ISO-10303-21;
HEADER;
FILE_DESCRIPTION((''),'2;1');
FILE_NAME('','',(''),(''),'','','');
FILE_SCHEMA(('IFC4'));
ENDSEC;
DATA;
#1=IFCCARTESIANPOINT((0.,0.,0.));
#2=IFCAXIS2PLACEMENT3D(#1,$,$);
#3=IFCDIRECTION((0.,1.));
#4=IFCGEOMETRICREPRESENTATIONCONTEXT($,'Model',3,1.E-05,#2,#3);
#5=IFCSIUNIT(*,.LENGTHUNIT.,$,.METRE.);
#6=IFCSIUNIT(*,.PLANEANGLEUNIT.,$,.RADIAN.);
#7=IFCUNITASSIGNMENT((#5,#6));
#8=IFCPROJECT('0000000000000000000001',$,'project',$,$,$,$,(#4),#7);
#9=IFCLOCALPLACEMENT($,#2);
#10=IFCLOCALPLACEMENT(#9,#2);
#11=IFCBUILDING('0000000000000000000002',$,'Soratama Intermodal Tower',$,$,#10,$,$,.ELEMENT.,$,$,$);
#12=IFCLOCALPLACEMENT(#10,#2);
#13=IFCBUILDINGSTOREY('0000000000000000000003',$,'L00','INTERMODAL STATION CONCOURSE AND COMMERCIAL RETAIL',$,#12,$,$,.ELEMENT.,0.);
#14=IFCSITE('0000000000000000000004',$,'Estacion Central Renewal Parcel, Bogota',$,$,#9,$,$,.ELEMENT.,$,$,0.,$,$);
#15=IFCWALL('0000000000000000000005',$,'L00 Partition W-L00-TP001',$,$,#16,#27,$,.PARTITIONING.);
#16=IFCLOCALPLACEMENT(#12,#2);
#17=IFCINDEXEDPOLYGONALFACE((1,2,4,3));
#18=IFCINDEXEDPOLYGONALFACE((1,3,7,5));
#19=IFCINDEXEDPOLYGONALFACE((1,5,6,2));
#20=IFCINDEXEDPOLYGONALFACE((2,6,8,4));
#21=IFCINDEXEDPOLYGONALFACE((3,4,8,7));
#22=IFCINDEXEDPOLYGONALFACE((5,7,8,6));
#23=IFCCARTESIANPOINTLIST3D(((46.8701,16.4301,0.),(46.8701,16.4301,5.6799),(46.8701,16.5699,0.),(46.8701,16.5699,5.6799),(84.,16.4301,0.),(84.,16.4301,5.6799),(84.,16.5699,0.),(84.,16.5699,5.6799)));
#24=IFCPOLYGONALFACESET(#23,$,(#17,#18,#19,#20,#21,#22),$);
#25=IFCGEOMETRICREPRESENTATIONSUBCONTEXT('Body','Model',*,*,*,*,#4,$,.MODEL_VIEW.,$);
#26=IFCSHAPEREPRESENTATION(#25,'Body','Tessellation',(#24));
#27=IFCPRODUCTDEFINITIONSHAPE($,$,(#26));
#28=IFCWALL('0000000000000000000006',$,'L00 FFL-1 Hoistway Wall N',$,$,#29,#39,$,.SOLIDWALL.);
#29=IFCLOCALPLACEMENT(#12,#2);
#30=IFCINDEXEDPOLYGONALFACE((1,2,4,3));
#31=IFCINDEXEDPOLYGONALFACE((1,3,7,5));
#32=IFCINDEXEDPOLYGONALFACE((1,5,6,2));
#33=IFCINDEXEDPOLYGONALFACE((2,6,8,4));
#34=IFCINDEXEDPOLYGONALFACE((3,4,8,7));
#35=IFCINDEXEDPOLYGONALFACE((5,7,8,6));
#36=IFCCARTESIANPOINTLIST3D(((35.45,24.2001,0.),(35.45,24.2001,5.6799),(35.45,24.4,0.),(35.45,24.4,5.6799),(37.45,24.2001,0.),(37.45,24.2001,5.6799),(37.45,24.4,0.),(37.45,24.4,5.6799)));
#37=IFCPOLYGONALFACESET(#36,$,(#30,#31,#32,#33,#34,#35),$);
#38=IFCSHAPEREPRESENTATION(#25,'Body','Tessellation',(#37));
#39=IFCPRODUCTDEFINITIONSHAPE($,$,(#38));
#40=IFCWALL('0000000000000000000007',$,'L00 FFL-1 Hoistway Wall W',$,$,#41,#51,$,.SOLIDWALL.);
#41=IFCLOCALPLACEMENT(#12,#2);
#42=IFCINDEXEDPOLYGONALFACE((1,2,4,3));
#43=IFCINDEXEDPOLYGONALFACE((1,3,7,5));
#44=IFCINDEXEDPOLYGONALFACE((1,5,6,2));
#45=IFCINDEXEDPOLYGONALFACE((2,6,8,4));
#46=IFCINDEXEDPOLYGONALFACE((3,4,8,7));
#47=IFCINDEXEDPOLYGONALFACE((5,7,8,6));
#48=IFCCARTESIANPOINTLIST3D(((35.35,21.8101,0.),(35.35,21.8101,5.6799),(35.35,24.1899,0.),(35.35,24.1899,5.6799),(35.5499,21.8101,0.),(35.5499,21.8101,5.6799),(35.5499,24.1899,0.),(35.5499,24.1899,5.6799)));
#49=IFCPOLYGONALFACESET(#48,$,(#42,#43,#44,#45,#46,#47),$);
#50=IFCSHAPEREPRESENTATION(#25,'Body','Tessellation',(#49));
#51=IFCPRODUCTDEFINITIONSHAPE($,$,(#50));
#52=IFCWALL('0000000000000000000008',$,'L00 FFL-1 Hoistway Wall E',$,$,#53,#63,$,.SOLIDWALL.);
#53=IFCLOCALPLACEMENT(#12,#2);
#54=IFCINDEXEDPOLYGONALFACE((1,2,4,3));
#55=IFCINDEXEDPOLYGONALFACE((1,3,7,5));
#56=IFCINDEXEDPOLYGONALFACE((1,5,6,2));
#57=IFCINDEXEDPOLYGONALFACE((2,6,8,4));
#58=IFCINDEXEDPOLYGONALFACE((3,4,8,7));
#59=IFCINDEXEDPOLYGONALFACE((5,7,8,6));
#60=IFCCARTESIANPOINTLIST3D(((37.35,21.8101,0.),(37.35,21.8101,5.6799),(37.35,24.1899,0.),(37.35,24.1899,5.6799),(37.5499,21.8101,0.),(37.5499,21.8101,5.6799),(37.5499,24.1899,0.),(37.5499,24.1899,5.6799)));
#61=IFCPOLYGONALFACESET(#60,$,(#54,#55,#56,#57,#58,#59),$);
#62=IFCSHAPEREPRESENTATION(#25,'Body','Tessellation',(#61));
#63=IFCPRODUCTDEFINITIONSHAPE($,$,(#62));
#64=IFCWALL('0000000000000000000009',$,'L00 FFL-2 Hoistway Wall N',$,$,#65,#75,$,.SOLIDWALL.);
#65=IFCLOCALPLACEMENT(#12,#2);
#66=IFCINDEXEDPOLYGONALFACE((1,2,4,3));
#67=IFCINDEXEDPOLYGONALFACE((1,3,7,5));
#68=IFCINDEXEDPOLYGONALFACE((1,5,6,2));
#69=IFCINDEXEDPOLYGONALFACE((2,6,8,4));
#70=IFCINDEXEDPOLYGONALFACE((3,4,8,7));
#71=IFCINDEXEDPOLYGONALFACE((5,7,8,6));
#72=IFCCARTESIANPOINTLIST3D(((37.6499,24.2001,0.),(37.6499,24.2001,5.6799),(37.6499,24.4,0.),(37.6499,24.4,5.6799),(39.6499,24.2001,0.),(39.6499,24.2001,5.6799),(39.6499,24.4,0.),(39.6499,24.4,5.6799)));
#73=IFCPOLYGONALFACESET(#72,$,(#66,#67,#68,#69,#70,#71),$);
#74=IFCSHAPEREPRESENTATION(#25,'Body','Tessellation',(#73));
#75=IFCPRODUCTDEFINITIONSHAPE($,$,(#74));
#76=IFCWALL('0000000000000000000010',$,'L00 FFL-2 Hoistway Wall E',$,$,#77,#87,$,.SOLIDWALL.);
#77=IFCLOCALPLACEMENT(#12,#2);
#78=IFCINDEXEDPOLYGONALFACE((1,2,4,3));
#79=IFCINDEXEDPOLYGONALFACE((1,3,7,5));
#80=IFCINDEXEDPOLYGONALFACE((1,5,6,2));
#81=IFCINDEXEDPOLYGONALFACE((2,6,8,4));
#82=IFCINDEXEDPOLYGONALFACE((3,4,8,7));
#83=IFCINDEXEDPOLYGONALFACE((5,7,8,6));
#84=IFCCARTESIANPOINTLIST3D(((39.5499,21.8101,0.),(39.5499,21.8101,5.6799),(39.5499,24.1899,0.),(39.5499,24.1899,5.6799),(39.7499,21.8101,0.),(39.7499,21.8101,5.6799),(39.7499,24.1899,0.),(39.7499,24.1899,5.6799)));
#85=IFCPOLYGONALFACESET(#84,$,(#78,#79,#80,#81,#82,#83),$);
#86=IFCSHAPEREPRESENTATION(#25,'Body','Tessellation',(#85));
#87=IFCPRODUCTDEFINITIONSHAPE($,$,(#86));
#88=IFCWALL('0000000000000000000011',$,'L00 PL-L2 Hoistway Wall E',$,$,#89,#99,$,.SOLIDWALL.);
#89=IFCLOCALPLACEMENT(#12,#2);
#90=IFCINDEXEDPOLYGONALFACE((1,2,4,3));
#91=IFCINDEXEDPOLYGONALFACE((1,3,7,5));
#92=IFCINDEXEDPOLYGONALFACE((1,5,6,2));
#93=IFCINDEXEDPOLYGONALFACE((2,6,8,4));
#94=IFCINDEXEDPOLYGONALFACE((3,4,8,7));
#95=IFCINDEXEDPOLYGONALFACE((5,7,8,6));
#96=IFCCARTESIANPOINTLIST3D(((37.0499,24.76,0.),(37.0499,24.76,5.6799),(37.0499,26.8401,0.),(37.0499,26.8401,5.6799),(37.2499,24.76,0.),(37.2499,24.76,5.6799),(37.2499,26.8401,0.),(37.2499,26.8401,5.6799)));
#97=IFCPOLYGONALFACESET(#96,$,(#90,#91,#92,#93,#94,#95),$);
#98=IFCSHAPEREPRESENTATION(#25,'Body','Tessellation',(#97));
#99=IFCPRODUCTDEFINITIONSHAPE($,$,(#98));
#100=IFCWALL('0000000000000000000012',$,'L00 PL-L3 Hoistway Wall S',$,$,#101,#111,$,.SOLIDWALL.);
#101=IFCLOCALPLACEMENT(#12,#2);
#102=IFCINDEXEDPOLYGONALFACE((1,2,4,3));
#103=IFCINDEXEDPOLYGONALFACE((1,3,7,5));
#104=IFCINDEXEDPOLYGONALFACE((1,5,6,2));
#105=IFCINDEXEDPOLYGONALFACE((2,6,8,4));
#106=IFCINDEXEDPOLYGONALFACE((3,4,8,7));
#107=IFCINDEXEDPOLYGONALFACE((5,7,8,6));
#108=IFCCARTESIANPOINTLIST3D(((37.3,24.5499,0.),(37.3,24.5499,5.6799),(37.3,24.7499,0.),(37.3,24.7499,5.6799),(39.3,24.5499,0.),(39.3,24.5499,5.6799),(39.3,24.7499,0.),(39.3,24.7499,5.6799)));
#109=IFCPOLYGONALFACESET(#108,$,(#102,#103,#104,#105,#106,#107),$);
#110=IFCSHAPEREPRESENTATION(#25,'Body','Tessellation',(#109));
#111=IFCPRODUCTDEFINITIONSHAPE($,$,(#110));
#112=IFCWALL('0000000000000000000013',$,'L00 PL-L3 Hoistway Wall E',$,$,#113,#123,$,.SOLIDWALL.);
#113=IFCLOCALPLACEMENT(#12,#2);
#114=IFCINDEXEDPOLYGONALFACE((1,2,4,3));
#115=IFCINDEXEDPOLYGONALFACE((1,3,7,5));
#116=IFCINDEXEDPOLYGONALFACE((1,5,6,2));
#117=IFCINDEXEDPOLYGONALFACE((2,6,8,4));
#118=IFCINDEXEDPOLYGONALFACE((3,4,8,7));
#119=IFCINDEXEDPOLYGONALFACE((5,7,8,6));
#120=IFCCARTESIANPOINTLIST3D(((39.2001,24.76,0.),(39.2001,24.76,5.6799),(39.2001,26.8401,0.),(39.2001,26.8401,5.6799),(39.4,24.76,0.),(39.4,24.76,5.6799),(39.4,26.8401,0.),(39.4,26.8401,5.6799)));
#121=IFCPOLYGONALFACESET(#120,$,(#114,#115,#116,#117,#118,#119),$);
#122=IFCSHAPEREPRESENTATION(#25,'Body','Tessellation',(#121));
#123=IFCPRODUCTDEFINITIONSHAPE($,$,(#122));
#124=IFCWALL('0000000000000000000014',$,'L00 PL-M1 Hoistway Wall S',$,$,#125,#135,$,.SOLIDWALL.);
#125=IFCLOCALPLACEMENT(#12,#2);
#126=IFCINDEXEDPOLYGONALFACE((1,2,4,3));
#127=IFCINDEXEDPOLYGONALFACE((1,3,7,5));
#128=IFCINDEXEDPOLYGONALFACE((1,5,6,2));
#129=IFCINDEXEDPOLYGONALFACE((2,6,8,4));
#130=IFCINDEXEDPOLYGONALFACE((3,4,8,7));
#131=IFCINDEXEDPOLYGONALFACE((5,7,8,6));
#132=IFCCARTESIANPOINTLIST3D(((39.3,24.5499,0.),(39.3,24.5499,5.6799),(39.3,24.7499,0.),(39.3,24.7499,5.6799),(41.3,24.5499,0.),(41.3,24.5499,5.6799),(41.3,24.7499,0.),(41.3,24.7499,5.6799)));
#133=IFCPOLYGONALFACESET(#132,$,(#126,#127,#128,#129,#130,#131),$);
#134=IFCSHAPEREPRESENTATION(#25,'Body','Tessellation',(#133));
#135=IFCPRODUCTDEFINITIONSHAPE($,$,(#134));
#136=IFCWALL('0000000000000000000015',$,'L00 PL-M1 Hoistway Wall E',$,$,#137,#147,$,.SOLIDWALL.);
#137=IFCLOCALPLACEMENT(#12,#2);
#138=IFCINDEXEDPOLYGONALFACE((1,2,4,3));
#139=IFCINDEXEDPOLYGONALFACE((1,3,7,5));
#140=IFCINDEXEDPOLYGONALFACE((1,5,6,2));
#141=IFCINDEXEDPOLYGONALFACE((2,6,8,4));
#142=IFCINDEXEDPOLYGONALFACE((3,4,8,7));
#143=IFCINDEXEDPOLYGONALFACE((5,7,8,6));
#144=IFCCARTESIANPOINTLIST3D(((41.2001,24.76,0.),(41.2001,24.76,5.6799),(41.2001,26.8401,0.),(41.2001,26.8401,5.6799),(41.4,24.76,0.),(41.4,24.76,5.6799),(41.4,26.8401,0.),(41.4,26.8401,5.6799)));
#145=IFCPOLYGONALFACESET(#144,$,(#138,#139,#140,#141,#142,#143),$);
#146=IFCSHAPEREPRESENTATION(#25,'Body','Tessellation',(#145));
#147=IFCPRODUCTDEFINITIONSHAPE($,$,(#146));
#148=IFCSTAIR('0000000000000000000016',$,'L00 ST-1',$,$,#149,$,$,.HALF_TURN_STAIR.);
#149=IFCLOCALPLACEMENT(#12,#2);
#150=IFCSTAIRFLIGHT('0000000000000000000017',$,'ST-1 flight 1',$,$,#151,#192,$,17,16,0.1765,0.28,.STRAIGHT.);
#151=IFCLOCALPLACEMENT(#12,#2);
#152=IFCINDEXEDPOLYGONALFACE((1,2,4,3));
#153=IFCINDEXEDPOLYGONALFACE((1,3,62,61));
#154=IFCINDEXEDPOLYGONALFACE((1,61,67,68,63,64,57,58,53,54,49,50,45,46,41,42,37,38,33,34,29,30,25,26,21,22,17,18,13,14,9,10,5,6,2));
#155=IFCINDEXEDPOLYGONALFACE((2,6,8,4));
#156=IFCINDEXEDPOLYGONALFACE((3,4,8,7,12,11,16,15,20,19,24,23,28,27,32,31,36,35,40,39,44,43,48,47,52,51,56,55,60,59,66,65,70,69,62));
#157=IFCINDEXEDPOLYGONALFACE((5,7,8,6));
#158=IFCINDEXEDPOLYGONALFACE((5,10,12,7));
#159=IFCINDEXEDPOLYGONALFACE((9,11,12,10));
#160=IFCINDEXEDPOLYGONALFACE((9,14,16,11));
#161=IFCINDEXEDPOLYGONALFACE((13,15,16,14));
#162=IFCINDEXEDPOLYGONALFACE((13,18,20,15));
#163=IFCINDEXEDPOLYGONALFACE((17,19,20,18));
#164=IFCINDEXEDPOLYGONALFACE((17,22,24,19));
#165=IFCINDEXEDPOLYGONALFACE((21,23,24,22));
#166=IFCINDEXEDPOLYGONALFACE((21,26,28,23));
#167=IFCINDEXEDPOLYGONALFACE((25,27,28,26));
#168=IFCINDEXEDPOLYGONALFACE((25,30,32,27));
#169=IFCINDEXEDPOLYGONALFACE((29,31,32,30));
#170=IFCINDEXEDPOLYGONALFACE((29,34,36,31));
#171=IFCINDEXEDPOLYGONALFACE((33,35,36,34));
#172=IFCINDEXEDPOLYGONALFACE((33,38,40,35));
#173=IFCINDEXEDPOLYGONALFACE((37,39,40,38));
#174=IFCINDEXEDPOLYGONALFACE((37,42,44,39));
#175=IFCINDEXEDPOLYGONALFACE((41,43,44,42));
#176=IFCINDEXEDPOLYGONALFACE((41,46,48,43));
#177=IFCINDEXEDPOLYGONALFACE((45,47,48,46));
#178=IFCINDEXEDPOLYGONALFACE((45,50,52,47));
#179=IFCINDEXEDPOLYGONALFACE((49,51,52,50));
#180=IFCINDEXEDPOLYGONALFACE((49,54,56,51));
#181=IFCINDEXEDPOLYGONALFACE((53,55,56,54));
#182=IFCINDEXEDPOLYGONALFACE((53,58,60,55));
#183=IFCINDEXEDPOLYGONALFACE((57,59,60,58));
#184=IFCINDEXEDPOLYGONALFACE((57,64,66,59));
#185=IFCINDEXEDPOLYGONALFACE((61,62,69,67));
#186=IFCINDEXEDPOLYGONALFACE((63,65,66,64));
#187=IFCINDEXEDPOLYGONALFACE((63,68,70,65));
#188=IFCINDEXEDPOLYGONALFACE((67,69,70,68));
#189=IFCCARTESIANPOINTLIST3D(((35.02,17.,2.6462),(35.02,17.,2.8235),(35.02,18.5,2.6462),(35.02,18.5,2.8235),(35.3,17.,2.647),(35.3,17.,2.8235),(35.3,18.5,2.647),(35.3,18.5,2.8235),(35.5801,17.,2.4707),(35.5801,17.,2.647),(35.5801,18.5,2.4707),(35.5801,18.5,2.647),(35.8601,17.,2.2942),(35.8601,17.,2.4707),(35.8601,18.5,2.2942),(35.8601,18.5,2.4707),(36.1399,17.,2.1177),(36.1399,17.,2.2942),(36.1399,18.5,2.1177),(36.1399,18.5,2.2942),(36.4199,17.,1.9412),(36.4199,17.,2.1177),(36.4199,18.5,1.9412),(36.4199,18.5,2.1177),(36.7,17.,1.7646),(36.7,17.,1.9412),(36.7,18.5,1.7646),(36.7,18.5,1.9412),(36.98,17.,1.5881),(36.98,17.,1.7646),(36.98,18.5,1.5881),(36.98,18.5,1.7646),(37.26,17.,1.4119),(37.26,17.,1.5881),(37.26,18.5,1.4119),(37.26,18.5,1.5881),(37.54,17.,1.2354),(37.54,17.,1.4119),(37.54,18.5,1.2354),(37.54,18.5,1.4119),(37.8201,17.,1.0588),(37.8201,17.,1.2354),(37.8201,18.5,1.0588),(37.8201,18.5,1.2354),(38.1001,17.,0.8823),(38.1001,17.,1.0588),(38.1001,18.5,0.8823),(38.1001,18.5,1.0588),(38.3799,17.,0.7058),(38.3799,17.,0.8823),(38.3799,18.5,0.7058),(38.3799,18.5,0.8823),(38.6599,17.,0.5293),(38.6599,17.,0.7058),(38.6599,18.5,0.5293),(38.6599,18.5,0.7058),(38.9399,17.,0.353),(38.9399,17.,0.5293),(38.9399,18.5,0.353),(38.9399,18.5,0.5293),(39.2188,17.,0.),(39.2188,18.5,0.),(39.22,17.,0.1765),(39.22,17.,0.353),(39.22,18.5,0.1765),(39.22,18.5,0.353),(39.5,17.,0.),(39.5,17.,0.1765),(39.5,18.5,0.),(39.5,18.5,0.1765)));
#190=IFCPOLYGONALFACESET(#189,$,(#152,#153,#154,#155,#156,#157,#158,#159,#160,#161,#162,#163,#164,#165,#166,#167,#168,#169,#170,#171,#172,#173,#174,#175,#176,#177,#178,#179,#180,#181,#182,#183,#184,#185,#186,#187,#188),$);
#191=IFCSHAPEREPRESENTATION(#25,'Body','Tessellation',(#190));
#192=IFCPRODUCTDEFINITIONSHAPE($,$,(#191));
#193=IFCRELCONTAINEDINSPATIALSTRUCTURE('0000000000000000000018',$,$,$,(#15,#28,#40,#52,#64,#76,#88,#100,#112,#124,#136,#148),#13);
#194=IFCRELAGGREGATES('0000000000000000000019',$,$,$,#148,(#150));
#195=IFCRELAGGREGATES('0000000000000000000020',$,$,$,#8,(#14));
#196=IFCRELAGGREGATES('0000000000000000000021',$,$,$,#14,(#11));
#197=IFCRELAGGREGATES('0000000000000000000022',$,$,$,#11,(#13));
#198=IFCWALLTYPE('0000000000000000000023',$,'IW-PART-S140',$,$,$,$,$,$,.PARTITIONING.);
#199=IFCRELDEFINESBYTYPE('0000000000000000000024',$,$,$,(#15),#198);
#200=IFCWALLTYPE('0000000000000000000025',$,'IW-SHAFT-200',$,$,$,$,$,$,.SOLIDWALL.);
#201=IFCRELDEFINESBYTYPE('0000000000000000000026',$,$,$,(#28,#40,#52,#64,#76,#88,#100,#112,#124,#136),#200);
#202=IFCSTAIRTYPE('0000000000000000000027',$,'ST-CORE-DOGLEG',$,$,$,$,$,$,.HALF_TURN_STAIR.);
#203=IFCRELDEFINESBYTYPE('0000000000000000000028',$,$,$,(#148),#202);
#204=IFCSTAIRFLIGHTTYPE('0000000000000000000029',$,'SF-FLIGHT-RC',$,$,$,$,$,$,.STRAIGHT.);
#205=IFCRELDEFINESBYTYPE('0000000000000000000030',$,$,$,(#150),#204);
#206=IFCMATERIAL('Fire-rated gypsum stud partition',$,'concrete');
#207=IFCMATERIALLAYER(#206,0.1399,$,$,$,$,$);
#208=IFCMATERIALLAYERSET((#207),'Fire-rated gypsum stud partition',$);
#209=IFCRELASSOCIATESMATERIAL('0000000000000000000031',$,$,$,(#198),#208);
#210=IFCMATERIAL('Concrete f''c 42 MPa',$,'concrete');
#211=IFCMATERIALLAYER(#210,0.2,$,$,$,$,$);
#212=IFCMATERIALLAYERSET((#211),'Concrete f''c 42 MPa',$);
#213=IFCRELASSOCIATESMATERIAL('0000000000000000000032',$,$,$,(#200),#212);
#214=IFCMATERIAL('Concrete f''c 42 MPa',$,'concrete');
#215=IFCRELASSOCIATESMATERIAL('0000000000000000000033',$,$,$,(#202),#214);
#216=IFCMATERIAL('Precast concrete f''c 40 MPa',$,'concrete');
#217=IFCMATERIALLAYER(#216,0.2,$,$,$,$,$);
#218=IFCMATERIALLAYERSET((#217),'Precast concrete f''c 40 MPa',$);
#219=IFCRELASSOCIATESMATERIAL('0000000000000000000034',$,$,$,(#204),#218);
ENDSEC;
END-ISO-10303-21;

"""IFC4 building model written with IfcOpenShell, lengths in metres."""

from ifc_helpers import new_model, si_unit, direction, frame, frame_2d, origin, place, context, subcontext, project, spatial, polyline, rectangle, outline, extrude, material, layer, layer_set, type_object, element, aggregate, save


model = new_model("IFC4")

# Units and contexts
model_context = context("Model", 3, precision=1e-05, world=origin(), true_north=direction((0.0, 1.0)))
body_context = subcontext(model_context, "Body", "Model", "MODEL_VIEW")
ifc_project = project(units=[si_unit("LENGTHUNIT", "METRE"), si_unit("PLANEANGLEUNIT", "RADIAN")], contexts=[model_context])

# Site, building, storey
site_placement = place(None, origin())
site = spatial("IfcSite", under=ifc_project, at=site_placement, Name="Estacion Central Renewal Parcel, Bogota", CompositionType="ELEMENT", RefElevation=0.0)
building_placement = place(site_placement, origin())
building = spatial("IfcBuilding", under=site, at=building_placement, Name="Soratama Intermodal Tower", CompositionType="ELEMENT")
storey_placement = place(building_placement, origin())
storey = spatial("IfcBuildingStorey", under=building, at=storey_placement, Name="L00", Description="INTERMODAL STATION CONCOURSE AND COMMERCIAL RETAIL", CompositionType="ELEMENT", Elevation=0.0)

# Walls
ifc_material_1 = material(Name="Fire-rated gypsum stud partition", Category="concrete")
ifc_layer_1 = layer(ifc_material_1, 0.1399)
ifc_layer_set_1 = layer_set([ifc_layer_1], Name="Fire-rated gypsum stud partition")
wall_type_1 = type_object("IfcWallType", Name="IW-PART-S140", PredefinedType="PARTITIONING", material=ifc_layer_set_1)
wall_1_placement = place(storey_placement, frame((46.8701, 16.5, 0.0), z_axis=(0.0, 0.0, 1.0), x_axis=(1.0, 0.0, 0.0)))
element("IfcWall", 1, at=wall_1_placement, inside=storey, type_object=wall_type_1, Name="L00 Partition W-L00-TP001", PredefinedType="PARTITIONING", context=body_context, shape_type="SweptSolid", body=[
    extrude(rectangle(XDim=37.1299, YDim=0.1399, at=frame_2d((18.5649, 0.0))), origin(), (0.0, 0.0, 1.0), 5.6799),
])
ifc_material_2 = material(Name="Concrete f'c 42 MPa", Category="concrete")
ifc_layer_2 = layer(ifc_material_2, 0.2)
ifc_layer_set_2 = layer_set([ifc_layer_2], Name="Concrete f'c 42 MPa")
wall_type_2 = type_object("IfcWallType", Name="IW-SHAFT-200", PredefinedType="SOLIDWALL", material=ifc_layer_set_2)
wall_2_placement = place(storey_placement, frame((35.45, 24.3, 0.0), z_axis=(0.0, 0.0, 1.0), x_axis=(1.0, 0.0, 0.0)))
element("IfcWall", 2, at=wall_2_placement, inside=storey, type_object=wall_type_2, Name="L00 FFL-1 Hoistway Wall N", PredefinedType="SOLIDWALL", context=body_context, shape_type="SweptSolid", body=[
    extrude(rectangle(XDim=2.0, YDim=0.2, at=frame_2d((1.0, 0.0))), origin(), (0.0, 0.0, 1.0), 5.6799),
])
for number, where, z_axis, x_axis, name in (
    (3, (35.45, 21.8101, 0.0), (0.0, 0.0, 1.0), (0.0, 1.0, 0.0), "L00 FFL-1 Hoistway Wall W"),
    (4, (37.45, 21.8101, 0.0), (0.0, 0.0, 1.0), (0.0, 1.0, 0.0), "L00 FFL-1 Hoistway Wall E"),
):
    element("IfcWall", number, at=place(storey_placement, frame(where, z_axis=z_axis, x_axis=x_axis)), inside=storey, type_object=wall_type_2, Name=name, PredefinedType="SOLIDWALL", context=body_context, shape_type="SweptSolid", body=[
        extrude(rectangle(XDim=2.3799, YDim=0.2, at=frame_2d((1.1899, 0.0))), origin(), (0.0, 0.0, 1.0), 5.6799),
    ])

# Walls
wall_3_placement = place(storey_placement, frame((37.6499, 24.3, 0.0), z_axis=(0.0, 0.0, 1.0), x_axis=(1.0, 0.0, 0.0)))
element("IfcWall", 5, at=wall_3_placement, inside=storey, type_object=wall_type_2, Name="L00 FFL-2 Hoistway Wall N", PredefinedType="SOLIDWALL", context=body_context, shape_type="SweptSolid", body=[
    extrude(rectangle(XDim=2.0, YDim=0.2, at=frame_2d((1.0, 0.0))), origin(), (0.0, 0.0, 1.0), 5.6799),
])
wall_4_placement = place(storey_placement, frame((39.6499, 21.8101, 0.0), z_axis=(0.0, 0.0, 1.0), x_axis=(0.0, 1.0, 0.0)))
element("IfcWall", 6, at=wall_4_placement, inside=storey, type_object=wall_type_2, Name="L00 FFL-2 Hoistway Wall E", PredefinedType="SOLIDWALL", context=body_context, shape_type="SweptSolid", body=[
    extrude(rectangle(XDim=2.3799, YDim=0.2, at=frame_2d((1.1899, 0.0))), origin(), (0.0, 0.0, 1.0), 5.6799),
])
wall_5_placement = place(storey_placement, frame((37.1499, 24.76, 0.0), z_axis=(0.0, 0.0, 1.0), x_axis=(0.0, 1.0, 0.0)))
element("IfcWall", 7, at=wall_5_placement, inside=storey, type_object=wall_type_2, Name="L00 PL-L2 Hoistway Wall E", PredefinedType="SOLIDWALL", context=body_context, shape_type="SweptSolid", body=[
    extrude(rectangle(XDim=2.0801, YDim=0.2, at=frame_2d((1.04, 0.0))), origin(), (0.0, 0.0, 1.0), 5.6799),
])
wall_6_placement = place(storey_placement, frame((37.3, 24.6499, 0.0), z_axis=(0.0, 0.0, 1.0), x_axis=(1.0, 0.0, 0.0)))
element("IfcWall", 8, at=wall_6_placement, inside=storey, type_object=wall_type_2, Name="L00 PL-L3 Hoistway Wall S", PredefinedType="SOLIDWALL", context=body_context, shape_type="SweptSolid", body=[
    extrude(rectangle(XDim=2.0, YDim=0.2, at=frame_2d((1.0, 0.0))), origin(), (0.0, 0.0, 1.0), 5.6799),
])
wall_7_placement = place(storey_placement, frame((39.3, 24.76, 0.0), z_axis=(0.0, 0.0, 1.0), x_axis=(0.0, 1.0, 0.0)))
element("IfcWall", 9, at=wall_7_placement, inside=storey, type_object=wall_type_2, Name="L00 PL-L3 Hoistway Wall E", PredefinedType="SOLIDWALL", context=body_context, shape_type="SweptSolid", body=[
    extrude(rectangle(XDim=2.0801, YDim=0.2, at=frame_2d((1.04, 0.0))), origin(), (0.0, 0.0, 1.0), 5.6799),
])
wall_8_placement = place(storey_placement, frame((39.3, 24.6499, 0.0), z_axis=(0.0, 0.0, 1.0), x_axis=(1.0, 0.0, 0.0)))
element("IfcWall", 10, at=wall_8_placement, inside=storey, type_object=wall_type_2, Name="L00 PL-M1 Hoistway Wall S", PredefinedType="SOLIDWALL", context=body_context, shape_type="SweptSolid", body=[
    extrude(rectangle(XDim=2.0, YDim=0.2, at=frame_2d((1.0, 0.0))), origin(), (0.0, 0.0, 1.0), 5.6799),
])
wall_9_placement = place(storey_placement, frame((41.3, 24.76, 0.0), z_axis=(0.0, 0.0, 1.0), x_axis=(0.0, 1.0, 0.0)))
element("IfcWall", 11, at=wall_9_placement, inside=storey, type_object=wall_type_2, Name="L00 PL-M1 Hoistway Wall E", PredefinedType="SOLIDWALL", context=body_context, shape_type="SweptSolid", body=[
    extrude(rectangle(XDim=2.0801, YDim=0.2, at=frame_2d((1.04, 0.0))), origin(), (0.0, 0.0, 1.0), 5.6799),
])

# Stair, stair flight
ifc_material_3 = material(Name="Concrete f'c 42 MPa", Category="concrete")
stair_type = type_object("IfcStairType", Name="ST-CORE-DOGLEG", PredefinedType="HALF_TURN_STAIR", material=ifc_material_3)
stair_placement = place(storey_placement, origin())
stair = element("IfcStair", 12, at=stair_placement, inside=storey, type_object=stair_type, Name="L00 ST-1", PredefinedType="HALF_TURN_STAIR")
ifc_material_4 = material(Name="Precast concrete f'c 40 MPa", Category="concrete")
ifc_layer_3 = layer(ifc_material_4, 0.2)
ifc_layer_set_3 = layer_set([ifc_layer_3], Name="Precast concrete f'c 40 MPa")
stair_flight_type = type_object("IfcStairFlightType", Name="SF-FLIGHT-RC", PredefinedType="STRAIGHT", material=ifc_layer_set_3)
stair_flight_placement = place(storey_placement, frame((39.5, 17.75, 0.0), z_axis=(0.0, 0.0, 1.0), x_axis=(-1.0, 0.0, 0.0)))
stair_flight = element("IfcStairFlight", 13, at=stair_flight_placement, type_object=stair_flight_type, Name="ST-1 flight 1", NumberOfRisers=17, NumberOfTreads=16, PredefinedType="STRAIGHT", RiserHeight=0.1765, TreadLength=0.28, context=body_context, shape_type="SweptSolid", body=[
    extrude(outline(polyline([(0.0, 0.0), (0.0, 0.1765), (0.28, 0.1765), (0.28, 0.353), (0.5601, 0.353), (0.5601, 0.5293), (0.8401, 0.5293), (0.8401, 0.7058), (1.1201, 0.7058), (1.1201, 0.8823), (1.3999, 0.8823), (1.3999, 1.0588), (1.6799, 1.0588), (1.6799, 1.2354), (1.96, 1.2354), (1.96, 1.4119), (2.24, 1.4119), (2.24, 1.5881), (2.52, 1.5881), (2.52, 1.7646), (2.8, 1.7646), (2.8, 1.9412), (3.0801, 1.9412), (3.0801, 2.1177), (3.3601, 2.1177), (3.3601, 2.2942), (3.6399, 2.2942), (3.6399, 2.4707), (3.9199, 2.4707), (3.9199, 2.647), (4.2, 2.647), (4.2, 2.8235), (4.48, 2.8235), (4.48, 3.0), (4.48, 2.6462), (0.2812, 0.0), (0.0, 0.0)])), frame((0.0, 0.75, 0.0), z_axis=(0.0, -1.0, 0.0), x_axis=(1.0, 0.0, 0.0)), (0.0, 0.0, 1.0), 1.5),
])
aggregate(stair, [stair_flight])

save(model, "model.ifc")
